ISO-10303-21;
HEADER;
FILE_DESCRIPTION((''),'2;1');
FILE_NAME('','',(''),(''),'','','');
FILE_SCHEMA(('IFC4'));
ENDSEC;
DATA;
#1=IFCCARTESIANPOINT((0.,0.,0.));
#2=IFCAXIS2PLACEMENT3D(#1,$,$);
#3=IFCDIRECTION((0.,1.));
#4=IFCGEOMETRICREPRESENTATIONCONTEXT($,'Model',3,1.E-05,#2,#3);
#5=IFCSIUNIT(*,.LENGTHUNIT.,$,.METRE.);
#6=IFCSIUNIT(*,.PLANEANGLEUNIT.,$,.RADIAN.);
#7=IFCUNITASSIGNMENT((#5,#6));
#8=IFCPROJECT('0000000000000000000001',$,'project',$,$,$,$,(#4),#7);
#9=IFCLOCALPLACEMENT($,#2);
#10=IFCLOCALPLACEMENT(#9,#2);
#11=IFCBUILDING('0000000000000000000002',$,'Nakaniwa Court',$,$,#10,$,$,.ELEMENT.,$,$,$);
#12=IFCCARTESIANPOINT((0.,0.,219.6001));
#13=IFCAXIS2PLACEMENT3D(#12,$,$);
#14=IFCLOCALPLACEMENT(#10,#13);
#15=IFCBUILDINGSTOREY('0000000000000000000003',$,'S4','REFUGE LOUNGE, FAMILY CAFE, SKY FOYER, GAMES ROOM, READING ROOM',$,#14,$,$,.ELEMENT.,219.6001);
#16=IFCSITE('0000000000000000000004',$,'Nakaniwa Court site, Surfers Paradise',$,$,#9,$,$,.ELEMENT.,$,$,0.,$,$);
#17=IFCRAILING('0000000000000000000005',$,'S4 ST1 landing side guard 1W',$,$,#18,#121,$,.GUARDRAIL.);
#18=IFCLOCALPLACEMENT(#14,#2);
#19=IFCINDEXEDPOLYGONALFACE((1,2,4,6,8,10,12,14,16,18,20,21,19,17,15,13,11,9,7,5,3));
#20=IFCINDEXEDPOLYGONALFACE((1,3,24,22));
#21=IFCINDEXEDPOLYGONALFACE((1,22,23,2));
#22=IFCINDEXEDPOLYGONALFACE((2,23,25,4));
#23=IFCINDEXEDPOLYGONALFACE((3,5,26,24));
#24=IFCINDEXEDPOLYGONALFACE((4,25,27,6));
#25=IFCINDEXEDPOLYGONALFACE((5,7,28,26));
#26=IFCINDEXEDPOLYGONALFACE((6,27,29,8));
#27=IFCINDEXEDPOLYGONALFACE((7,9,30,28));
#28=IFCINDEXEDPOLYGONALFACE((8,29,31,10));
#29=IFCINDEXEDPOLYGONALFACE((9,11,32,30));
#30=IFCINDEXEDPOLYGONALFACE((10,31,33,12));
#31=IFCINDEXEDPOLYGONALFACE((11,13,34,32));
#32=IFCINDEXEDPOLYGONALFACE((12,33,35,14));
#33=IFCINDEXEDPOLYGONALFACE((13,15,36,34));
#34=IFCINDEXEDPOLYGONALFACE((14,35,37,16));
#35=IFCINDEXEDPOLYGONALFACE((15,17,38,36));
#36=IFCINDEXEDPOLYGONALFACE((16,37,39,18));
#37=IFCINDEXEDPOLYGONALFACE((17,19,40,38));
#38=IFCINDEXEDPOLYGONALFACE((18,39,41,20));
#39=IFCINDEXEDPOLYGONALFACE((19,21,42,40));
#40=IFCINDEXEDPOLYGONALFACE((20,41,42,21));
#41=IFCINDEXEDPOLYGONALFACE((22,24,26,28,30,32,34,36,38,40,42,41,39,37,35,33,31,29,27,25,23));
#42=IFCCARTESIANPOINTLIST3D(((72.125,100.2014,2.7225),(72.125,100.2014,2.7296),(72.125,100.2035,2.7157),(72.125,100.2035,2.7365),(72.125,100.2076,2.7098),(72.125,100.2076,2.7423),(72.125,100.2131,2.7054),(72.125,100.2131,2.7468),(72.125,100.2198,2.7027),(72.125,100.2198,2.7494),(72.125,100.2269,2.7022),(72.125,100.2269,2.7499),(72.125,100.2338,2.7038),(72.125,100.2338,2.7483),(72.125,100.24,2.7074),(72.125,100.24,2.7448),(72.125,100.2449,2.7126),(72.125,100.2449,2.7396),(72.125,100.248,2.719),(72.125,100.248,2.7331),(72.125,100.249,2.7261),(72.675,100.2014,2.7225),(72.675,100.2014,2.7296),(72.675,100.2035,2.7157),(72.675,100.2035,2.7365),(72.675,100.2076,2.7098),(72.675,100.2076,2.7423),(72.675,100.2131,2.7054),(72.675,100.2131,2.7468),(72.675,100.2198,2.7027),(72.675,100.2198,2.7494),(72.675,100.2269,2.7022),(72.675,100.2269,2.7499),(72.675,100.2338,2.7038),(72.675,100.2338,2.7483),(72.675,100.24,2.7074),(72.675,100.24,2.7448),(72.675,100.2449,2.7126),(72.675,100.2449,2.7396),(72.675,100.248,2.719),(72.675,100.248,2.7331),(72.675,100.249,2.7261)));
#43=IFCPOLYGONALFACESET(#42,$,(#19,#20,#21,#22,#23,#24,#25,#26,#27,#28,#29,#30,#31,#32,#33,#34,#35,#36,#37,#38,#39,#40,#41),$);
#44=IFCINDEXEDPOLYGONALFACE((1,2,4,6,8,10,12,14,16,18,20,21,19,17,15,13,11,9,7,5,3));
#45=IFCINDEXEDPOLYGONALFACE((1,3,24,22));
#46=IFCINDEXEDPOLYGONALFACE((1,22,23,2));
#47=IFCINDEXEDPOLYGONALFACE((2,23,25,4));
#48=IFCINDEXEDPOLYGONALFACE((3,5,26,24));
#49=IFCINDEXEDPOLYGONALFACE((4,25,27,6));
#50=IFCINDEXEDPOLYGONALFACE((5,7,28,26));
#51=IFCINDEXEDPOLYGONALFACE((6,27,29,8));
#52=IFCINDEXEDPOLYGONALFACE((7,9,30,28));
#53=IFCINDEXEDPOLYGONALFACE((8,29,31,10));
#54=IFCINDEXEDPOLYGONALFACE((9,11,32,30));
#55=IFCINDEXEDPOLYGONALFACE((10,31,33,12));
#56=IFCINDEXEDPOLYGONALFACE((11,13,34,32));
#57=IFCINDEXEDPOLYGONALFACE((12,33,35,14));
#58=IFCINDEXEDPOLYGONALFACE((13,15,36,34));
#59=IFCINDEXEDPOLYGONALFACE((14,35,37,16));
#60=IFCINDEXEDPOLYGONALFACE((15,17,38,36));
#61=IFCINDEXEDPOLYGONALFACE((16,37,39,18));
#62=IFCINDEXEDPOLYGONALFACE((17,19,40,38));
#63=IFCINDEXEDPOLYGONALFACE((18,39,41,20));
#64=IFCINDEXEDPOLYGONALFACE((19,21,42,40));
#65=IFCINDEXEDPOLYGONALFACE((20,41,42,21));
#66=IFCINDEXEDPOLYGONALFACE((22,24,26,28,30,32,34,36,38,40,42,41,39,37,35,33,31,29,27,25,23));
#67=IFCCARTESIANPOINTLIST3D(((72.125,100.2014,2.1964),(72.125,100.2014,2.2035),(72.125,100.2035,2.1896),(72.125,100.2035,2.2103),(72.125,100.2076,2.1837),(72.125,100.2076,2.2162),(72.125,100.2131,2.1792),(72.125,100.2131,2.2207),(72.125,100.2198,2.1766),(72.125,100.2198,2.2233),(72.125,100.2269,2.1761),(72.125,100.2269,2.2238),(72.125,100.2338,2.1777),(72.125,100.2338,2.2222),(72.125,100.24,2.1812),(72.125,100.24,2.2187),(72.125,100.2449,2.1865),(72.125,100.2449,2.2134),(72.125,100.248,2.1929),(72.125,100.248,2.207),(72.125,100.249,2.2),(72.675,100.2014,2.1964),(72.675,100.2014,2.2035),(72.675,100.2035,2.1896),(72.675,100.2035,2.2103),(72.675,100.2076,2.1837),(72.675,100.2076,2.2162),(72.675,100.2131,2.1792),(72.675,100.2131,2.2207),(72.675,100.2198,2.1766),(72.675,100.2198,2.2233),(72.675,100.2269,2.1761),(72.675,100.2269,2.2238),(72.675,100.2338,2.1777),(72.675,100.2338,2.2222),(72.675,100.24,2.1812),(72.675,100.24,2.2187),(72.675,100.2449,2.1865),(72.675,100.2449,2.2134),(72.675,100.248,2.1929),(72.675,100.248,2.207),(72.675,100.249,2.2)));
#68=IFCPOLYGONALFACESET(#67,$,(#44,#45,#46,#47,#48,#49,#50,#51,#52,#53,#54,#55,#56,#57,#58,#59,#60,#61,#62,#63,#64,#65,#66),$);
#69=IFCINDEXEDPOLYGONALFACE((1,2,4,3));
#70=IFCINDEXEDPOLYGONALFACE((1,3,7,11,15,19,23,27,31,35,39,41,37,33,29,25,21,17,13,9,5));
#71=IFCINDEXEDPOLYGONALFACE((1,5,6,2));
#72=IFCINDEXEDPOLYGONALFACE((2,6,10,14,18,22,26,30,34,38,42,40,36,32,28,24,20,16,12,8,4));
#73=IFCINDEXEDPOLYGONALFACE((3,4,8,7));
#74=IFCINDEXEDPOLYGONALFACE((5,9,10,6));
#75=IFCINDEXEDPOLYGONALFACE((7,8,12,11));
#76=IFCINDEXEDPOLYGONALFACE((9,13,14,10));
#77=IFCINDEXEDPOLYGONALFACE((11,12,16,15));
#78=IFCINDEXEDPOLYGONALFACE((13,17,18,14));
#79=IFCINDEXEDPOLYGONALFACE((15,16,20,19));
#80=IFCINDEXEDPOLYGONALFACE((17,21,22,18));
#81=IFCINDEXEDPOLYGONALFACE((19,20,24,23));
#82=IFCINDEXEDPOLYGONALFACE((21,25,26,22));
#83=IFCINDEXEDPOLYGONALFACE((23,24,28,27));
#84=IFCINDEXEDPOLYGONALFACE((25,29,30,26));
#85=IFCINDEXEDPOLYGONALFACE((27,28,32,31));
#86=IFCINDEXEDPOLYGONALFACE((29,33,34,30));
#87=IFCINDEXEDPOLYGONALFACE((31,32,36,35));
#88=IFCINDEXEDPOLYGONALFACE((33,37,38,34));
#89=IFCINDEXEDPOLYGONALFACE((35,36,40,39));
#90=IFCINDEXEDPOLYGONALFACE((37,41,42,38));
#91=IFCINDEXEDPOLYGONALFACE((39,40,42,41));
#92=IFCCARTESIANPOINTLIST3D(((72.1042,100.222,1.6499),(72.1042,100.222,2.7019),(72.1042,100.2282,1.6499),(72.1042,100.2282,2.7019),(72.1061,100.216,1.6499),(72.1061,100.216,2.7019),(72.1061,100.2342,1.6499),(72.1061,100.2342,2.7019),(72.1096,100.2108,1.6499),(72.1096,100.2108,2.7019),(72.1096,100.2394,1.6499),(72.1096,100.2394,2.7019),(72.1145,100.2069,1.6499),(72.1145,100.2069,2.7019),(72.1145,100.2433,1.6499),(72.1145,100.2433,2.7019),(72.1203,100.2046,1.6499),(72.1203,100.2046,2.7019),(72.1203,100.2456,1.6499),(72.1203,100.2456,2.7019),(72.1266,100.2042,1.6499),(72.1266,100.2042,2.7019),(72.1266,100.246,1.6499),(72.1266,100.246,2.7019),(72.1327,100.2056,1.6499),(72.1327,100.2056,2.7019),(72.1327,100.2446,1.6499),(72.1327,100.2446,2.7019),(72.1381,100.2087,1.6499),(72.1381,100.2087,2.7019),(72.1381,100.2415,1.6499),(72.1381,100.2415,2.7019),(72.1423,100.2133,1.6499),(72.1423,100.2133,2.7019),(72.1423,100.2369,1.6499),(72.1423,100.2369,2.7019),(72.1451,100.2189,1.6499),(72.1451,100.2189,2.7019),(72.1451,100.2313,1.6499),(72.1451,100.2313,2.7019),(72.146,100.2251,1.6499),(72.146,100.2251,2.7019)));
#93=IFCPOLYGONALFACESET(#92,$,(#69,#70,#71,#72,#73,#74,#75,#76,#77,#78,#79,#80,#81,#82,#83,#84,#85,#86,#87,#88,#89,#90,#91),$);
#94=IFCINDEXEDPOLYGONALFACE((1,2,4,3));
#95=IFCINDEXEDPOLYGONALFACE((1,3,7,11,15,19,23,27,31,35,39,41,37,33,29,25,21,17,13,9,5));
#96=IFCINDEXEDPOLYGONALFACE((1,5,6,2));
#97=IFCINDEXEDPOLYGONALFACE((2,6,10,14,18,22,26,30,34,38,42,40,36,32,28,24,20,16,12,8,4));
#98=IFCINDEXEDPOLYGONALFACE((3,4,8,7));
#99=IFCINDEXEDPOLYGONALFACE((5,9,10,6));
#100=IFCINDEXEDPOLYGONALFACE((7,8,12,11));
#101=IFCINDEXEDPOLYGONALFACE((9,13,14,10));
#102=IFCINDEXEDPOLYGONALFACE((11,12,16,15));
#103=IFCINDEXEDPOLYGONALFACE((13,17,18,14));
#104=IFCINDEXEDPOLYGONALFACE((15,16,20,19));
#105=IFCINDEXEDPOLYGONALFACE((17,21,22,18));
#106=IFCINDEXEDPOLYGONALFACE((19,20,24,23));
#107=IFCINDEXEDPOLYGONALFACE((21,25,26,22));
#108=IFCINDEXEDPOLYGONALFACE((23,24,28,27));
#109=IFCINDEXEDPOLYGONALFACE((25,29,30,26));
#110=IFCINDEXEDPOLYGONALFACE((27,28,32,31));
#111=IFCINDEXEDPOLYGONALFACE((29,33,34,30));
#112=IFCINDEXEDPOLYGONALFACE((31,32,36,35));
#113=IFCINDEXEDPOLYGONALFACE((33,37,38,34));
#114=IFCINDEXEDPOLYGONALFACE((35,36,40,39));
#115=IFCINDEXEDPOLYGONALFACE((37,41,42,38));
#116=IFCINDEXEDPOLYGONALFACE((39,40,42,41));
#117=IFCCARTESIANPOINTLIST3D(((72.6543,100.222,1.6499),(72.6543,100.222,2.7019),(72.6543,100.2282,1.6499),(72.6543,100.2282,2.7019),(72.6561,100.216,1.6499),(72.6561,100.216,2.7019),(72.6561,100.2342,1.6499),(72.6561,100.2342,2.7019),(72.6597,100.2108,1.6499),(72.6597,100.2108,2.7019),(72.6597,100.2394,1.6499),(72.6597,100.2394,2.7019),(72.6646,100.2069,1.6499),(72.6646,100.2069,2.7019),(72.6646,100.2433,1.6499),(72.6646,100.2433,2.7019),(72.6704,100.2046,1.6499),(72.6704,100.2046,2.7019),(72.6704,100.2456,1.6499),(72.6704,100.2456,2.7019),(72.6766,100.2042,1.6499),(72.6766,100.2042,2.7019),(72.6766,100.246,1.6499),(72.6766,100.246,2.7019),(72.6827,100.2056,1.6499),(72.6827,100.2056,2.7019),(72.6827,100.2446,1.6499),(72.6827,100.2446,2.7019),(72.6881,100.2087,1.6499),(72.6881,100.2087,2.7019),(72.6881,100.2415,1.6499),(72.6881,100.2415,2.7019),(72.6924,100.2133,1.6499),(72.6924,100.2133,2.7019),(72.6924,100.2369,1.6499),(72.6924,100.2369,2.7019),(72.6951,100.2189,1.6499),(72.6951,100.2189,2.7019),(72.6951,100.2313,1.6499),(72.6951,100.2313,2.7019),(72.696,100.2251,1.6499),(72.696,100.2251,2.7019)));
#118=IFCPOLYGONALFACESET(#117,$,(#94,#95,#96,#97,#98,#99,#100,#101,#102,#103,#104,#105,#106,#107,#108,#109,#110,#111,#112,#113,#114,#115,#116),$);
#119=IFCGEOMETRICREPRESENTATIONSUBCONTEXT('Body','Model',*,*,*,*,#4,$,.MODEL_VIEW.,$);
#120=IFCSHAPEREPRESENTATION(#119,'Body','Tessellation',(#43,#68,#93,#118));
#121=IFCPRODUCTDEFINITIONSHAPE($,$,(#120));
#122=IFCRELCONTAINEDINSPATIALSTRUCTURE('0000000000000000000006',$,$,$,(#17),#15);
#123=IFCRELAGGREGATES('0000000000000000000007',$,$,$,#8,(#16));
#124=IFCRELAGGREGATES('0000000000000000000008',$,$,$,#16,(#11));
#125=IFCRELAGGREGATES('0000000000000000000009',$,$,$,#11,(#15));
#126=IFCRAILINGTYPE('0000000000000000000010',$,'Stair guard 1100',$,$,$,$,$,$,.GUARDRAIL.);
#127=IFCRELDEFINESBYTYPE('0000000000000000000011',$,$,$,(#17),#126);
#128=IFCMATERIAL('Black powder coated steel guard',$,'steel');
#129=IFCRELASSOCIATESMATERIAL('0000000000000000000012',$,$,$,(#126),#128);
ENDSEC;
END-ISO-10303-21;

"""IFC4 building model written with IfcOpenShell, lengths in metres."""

from ifc_helpers import new_model, si_unit, direction, frame, origin, origin_2d, place, context, subcontext, project, spatial, circle, extrude, material, type_object, element, save


model = new_model("IFC4")

# Units and contexts
model_context = context("Model", 3, precision=1e-05, world=origin(), true_north=direction((0.0, 1.0)))
body_context = subcontext(model_context, "Body", "Model", "MODEL_VIEW")
ifc_project = project(units=[si_unit("LENGTHUNIT", "METRE"), si_unit("PLANEANGLEUNIT", "RADIAN")], contexts=[model_context])

# Site, building, storey
site_placement = place(None, origin())
site = spatial("IfcSite", under=ifc_project, at=site_placement, Name="Nakaniwa Court site, Surfers Paradise", CompositionType="ELEMENT", RefElevation=0.0)
building_placement = place(site_placement, origin())
building = spatial("IfcBuilding", under=site, at=building_placement, Name="Nakaniwa Court", CompositionType="ELEMENT")
storey_placement = place(building_placement, frame((0.0, 0.0, 219.6001)))
storey = spatial("IfcBuildingStorey", under=building, at=storey_placement, Name="S4", Description="REFUGE LOUNGE, FAMILY CAFE, SKY FOYER, GAMES ROOM, READING ROOM", CompositionType="ELEMENT", Elevation=219.6001)

# Railing
ifc_material_1 = material(Name="Black powder coated steel guard", Category="steel")
railing_type_1 = type_object("IfcRailingType", Name="Stair guard 1100", PredefinedType="GUARDRAIL", material=ifc_material_1)
for number, where, name in (
    (1, (72.125, 100.2251, 1.6499), "S4 ST1 landing side guard 1W"),
):
    element("IfcRailing", number, at=place(storey_placement, frame(where)), inside=storey, type_object=railing_type_1, Name=name, PredefinedType="GUARDRAIL", context=body_context, shape_type="SweptSolid", body=[
        extrude(circle(Radius=0.0239, at=origin_2d()), frame((0.0, 0.0, 1.0762), z_axis=(1.0, 0.0, 0.0), x_axis=(0.0, 1.0, 0.0)), (0.0, 0.0, 1.0), 0.55),
        extrude(circle(Radius=0.0239, at=origin_2d()), frame((0.0, 0.0, 0.55), z_axis=(1.0, 0.0, 0.0), x_axis=(0.0, 1.0, 0.0)), (0.0, 0.0, 1.0), 0.55),
        extrude(circle(Radius=0.021, at=origin_2d()), origin(), (0.0, 0.0, 1.0), 1.052),
        extrude(circle(Radius=0.021, at=origin_2d()), frame((0.55, 0.0, 0.0)), (0.0, 0.0, 1.0), 1.052),
    ])

save(model, "model.ifc")
